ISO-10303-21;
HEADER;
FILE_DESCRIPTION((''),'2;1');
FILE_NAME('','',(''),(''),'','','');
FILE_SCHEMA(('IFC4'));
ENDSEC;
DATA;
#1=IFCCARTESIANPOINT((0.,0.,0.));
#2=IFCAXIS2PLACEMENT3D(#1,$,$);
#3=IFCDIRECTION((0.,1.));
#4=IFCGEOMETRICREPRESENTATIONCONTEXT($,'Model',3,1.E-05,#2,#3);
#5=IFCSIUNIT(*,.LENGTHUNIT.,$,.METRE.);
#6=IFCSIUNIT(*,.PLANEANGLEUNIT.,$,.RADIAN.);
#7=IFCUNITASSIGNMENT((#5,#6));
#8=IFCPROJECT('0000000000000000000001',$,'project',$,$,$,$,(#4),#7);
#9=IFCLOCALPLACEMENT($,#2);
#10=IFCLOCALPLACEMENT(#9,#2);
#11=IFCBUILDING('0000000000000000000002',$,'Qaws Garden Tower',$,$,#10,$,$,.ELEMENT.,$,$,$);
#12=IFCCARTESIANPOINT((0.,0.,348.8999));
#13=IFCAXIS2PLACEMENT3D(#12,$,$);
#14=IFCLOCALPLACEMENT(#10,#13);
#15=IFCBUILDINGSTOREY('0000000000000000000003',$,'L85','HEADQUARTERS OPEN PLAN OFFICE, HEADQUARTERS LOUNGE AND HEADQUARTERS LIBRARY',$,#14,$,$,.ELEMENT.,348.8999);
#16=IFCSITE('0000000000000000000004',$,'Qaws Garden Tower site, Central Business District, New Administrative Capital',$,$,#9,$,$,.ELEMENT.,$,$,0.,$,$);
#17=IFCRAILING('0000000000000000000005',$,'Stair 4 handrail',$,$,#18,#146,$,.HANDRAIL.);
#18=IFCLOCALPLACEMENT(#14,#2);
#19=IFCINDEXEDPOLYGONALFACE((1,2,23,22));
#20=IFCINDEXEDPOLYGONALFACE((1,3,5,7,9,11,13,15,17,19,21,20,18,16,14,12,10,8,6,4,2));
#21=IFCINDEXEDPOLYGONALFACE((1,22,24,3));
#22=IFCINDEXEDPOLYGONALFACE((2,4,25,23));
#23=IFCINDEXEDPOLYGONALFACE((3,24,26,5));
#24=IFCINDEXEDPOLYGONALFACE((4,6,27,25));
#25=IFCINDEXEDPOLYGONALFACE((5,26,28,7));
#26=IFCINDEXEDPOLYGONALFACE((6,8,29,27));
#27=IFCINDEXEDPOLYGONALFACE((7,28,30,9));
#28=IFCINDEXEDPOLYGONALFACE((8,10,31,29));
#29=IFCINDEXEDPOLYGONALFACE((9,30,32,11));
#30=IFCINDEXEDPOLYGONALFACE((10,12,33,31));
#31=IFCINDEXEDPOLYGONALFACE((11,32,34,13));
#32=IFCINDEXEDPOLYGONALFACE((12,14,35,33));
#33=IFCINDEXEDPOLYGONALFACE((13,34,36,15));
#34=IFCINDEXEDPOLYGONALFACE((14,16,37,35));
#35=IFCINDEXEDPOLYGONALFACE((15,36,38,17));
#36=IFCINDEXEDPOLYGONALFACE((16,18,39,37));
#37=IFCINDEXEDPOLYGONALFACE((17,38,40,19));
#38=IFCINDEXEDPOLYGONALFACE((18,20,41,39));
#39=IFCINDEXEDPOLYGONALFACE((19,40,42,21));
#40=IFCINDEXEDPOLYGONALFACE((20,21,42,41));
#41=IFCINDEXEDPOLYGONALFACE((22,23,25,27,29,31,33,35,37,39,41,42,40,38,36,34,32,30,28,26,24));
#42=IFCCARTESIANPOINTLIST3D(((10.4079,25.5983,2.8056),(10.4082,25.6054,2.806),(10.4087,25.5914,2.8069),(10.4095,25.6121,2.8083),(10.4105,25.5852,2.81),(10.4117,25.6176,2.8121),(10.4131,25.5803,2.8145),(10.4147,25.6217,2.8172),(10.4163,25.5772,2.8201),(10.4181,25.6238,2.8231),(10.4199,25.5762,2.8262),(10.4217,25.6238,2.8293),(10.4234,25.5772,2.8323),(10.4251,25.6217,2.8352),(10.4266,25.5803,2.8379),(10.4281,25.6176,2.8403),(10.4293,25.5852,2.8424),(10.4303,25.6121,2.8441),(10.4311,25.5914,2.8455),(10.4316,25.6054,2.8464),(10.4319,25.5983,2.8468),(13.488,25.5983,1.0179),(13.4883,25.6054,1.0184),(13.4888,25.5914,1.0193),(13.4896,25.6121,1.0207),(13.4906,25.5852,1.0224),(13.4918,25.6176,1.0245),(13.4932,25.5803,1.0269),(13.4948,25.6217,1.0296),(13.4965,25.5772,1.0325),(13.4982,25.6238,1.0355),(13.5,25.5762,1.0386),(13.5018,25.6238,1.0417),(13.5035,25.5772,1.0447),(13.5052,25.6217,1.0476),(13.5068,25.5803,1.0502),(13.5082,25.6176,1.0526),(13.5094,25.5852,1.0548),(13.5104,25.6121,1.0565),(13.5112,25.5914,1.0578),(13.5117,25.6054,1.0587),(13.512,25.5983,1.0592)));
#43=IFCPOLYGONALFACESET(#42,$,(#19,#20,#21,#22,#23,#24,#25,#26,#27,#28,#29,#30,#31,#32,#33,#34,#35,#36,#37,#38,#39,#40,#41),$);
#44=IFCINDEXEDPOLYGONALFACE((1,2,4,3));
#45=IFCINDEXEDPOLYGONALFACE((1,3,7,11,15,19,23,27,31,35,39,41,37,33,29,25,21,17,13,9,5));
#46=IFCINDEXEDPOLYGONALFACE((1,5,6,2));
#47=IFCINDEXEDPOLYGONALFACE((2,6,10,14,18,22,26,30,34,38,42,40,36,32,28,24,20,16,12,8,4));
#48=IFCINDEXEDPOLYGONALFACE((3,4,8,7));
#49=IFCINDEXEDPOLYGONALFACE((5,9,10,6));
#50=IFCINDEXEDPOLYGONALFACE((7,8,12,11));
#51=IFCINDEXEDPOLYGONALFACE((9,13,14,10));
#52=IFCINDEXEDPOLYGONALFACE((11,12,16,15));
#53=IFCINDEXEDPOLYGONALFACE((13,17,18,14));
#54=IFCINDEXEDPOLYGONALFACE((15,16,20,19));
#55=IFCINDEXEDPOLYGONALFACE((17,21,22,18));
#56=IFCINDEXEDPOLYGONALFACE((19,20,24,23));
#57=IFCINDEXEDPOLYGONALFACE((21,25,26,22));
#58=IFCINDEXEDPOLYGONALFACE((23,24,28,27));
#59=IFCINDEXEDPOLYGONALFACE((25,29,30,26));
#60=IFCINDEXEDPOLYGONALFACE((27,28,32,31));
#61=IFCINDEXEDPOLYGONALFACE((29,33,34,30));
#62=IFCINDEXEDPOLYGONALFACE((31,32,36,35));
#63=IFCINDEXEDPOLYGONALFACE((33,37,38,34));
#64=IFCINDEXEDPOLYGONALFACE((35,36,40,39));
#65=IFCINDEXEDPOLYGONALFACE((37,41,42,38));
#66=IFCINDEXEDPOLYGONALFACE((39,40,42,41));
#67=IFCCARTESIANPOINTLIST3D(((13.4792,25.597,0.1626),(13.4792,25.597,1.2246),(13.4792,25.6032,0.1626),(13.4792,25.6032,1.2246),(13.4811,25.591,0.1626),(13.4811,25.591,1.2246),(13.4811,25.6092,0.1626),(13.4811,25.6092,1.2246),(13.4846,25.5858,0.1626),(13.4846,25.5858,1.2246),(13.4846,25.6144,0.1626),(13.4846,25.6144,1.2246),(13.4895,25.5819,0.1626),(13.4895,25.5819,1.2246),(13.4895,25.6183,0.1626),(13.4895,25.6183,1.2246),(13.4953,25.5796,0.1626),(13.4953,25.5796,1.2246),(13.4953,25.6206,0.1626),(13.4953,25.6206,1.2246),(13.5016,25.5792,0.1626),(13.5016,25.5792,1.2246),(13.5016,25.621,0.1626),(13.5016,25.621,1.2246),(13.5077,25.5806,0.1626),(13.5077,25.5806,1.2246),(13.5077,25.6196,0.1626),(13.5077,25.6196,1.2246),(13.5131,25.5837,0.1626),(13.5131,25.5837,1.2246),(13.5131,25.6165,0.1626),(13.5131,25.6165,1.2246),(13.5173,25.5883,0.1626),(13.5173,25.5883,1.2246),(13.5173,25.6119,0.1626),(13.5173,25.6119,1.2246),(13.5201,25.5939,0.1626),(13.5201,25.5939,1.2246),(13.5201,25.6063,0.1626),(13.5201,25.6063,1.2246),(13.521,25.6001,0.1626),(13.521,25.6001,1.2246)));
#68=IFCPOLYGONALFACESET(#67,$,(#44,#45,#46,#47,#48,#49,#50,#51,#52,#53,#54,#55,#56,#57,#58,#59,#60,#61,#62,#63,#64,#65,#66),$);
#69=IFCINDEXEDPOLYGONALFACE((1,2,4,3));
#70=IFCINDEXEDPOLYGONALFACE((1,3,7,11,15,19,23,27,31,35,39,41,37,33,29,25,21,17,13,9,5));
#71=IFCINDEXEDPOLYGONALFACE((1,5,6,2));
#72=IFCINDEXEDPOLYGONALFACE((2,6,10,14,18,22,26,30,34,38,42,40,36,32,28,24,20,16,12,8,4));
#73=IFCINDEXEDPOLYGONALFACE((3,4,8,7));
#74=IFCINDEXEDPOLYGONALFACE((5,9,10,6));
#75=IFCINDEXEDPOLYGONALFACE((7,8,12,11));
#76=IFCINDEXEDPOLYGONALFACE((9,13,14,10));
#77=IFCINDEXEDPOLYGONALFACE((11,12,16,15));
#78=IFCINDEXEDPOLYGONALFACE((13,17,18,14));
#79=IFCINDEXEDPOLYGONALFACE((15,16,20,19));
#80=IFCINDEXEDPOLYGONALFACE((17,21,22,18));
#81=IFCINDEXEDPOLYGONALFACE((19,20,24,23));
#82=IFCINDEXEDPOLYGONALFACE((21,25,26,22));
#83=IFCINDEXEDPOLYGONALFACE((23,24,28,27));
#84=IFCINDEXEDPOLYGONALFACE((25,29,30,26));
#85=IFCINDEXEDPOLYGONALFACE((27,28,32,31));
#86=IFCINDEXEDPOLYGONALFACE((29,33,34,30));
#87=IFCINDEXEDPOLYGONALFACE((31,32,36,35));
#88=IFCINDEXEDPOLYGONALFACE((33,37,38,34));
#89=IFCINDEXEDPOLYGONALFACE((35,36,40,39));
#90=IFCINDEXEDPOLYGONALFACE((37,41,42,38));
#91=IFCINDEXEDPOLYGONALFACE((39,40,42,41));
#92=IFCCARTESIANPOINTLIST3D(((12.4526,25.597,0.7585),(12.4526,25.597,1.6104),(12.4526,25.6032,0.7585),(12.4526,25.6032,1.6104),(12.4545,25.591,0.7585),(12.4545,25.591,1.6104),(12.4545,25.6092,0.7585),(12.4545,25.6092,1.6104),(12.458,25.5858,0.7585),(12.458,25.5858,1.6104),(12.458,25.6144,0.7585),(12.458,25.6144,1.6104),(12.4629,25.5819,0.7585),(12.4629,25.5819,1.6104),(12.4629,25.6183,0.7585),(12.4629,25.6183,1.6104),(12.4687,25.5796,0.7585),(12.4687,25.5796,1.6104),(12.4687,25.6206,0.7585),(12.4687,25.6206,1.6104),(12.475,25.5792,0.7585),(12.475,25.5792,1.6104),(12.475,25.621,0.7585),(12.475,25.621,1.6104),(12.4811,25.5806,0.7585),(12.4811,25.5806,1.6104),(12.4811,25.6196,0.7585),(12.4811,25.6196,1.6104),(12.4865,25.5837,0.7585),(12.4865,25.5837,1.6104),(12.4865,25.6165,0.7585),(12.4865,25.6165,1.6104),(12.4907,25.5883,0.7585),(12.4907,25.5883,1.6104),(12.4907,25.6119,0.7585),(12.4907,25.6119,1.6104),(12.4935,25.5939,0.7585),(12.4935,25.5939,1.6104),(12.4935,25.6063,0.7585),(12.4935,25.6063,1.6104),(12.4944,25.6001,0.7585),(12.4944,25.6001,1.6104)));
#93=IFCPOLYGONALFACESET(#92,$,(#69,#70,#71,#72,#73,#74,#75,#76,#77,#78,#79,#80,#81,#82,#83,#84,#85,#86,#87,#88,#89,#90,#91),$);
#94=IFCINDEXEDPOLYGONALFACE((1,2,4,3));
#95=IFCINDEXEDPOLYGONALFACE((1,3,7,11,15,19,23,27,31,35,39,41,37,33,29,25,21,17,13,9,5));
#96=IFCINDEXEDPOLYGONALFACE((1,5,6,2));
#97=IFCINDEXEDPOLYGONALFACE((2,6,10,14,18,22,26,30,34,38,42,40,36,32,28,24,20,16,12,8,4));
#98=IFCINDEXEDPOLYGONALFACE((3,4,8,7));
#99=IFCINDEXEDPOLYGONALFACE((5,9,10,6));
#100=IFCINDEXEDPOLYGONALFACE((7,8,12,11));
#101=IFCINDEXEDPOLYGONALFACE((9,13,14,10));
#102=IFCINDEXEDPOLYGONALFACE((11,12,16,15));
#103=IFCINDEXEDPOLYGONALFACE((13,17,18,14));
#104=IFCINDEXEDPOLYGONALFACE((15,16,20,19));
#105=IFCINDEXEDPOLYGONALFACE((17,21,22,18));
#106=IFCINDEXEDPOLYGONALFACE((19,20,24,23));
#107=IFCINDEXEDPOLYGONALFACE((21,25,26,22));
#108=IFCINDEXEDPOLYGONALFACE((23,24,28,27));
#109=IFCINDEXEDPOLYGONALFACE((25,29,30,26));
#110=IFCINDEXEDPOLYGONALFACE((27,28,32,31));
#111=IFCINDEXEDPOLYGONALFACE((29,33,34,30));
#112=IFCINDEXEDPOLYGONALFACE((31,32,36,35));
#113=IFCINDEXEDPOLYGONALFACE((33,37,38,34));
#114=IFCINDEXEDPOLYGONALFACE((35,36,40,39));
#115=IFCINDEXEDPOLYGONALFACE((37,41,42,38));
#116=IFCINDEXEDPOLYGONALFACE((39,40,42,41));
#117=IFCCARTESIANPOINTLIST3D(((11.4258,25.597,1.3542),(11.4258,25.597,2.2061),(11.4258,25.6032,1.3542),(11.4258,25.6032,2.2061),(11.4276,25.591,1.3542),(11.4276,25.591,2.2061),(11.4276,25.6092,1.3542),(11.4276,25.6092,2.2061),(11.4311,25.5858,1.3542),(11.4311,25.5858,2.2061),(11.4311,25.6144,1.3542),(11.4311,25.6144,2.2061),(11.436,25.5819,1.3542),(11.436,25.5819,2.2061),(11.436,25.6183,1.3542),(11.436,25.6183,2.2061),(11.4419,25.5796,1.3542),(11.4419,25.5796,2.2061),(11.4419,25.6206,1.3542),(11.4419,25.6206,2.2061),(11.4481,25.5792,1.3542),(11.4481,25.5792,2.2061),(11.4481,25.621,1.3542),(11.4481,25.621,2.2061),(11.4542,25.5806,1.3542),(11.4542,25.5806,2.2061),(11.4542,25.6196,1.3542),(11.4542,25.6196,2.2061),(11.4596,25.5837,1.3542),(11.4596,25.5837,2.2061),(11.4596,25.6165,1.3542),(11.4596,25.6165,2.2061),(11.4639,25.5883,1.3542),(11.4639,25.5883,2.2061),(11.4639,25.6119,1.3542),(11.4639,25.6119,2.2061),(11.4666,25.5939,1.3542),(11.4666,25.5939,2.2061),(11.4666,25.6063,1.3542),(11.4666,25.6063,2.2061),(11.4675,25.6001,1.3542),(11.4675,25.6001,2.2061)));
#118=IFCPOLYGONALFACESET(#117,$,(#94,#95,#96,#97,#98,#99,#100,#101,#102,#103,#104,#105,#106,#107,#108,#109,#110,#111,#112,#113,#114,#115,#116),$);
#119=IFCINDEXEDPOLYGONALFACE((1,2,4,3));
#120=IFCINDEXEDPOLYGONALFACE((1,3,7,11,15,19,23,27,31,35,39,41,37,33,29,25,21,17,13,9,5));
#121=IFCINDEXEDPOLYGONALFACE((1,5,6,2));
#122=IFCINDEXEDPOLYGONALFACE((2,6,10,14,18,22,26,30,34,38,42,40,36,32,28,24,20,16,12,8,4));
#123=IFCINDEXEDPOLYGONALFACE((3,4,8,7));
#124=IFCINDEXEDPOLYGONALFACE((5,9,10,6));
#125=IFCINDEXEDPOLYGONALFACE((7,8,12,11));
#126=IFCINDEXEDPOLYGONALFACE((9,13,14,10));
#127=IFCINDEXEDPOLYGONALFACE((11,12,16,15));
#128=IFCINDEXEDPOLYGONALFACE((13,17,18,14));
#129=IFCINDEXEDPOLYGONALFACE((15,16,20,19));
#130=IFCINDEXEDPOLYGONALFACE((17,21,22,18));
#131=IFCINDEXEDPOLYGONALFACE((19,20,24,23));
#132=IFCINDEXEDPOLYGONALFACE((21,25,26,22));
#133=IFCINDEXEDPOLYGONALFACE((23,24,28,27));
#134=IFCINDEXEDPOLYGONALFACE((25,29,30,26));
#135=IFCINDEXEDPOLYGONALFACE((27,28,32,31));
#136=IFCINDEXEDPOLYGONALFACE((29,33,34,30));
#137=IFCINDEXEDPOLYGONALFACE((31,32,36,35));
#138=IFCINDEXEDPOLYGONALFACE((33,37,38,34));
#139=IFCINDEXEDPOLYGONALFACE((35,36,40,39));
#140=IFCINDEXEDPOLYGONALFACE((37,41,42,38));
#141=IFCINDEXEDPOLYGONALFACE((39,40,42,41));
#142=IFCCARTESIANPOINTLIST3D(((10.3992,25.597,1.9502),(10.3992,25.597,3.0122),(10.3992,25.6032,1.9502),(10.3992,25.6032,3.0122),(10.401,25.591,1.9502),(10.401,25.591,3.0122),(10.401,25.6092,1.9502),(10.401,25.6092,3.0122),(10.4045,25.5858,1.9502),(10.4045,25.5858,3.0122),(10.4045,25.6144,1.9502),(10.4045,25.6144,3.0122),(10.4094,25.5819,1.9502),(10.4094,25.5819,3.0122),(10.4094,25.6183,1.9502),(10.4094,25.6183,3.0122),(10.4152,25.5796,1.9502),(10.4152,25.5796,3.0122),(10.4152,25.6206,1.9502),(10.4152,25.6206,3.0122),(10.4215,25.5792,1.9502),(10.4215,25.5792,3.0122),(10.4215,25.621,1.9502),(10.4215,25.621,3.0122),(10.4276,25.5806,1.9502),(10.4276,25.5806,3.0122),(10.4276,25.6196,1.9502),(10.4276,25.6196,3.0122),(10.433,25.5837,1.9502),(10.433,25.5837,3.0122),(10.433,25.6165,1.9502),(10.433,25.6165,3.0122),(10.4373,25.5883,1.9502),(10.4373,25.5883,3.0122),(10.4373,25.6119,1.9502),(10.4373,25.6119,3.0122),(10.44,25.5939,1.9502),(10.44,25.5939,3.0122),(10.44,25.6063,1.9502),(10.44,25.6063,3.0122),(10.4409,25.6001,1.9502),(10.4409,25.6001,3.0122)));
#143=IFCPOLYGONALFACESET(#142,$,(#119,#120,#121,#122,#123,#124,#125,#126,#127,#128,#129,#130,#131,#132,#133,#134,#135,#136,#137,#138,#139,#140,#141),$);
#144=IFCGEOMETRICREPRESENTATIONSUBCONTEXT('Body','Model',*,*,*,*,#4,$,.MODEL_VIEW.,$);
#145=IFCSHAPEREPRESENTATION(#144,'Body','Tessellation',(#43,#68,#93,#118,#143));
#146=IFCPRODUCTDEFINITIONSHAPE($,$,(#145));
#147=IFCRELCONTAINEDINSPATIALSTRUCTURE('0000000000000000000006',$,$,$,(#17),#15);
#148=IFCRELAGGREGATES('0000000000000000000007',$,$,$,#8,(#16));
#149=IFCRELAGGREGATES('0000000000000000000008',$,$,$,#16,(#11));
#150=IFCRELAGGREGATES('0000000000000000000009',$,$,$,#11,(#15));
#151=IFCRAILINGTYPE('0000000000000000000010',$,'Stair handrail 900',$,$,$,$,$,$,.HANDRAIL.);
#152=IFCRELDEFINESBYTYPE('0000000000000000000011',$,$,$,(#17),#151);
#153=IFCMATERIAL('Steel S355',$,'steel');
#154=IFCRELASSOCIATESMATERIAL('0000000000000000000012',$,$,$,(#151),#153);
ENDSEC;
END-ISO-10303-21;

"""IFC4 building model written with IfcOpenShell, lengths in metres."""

from ifc_helpers import new_model, si_unit, direction, frame, origin, origin_2d, place, context, subcontext, project, spatial, circle, extrude, material, type_object, element, save


model = new_model("IFC4")

# Units and contexts
model_context = context("Model", 3, precision=1e-05, world=origin(), true_north=direction((0.0, 1.0)))
body_context = subcontext(model_context, "Body", "Model", "MODEL_VIEW")
ifc_project = project(units=[si_unit("LENGTHUNIT", "METRE"), si_unit("PLANEANGLEUNIT", "RADIAN")], contexts=[model_context])

# Site, building, storey
site_placement = place(None, origin())
site = spatial("IfcSite", under=ifc_project, at=site_placement, Name="Qaws Garden Tower site, Central Business District, New Administrative Capital", CompositionType="ELEMENT", RefElevation=0.0)
building_placement = place(site_placement, origin())
building = spatial("IfcBuilding", under=site, at=building_placement, Name="Qaws Garden Tower", CompositionType="ELEMENT")
storey_placement = place(building_placement, frame((0.0, 0.0, 348.8999)))
storey = spatial("IfcBuildingStorey", under=building, at=storey_placement, Name="L85", Description="HEADQUARTERS OPEN PLAN OFFICE, HEADQUARTERS LOUNGE AND HEADQUARTERS LIBRARY", CompositionType="ELEMENT", Elevation=348.8999)

# Railing
ifc_material_1 = material(Name="Steel S355", Category="steel")
railing_type = type_object("IfcRailingType", Name="Stair handrail 900", PredefinedType="HANDRAIL", material=ifc_material_1)
railing_1_placement = place(storey_placement, frame((13.5, 25.6001, 0.1626)))
element("IfcRailing", 1, at=railing_1_placement, inside=storey, type_object=railing_type, Name="Stair 4 handrail", PredefinedType="HANDRAIL", context=body_context, shape_type="SweptSolid", body=[
    extrude(circle(Radius=0.0239, at=origin_2d()), frame((0.0, 0.0, 0.876), z_axis=(-0.864891, 0.0, 0.50196), x_axis=(0.0, -1.0, 0.0)), (0.0, 0.0, 1.0), 3.5613),
    extrude(circle(Radius=0.021, at=origin_2d()), origin(), (0.0, 0.0, 1.0), 1.062),
    extrude(circle(Radius=0.021, at=origin_2d()), frame((-1.0266, 0.0, 0.5959)), (0.0, 0.0, 1.0), 0.8518),
    extrude(circle(Radius=0.021, at=origin_2d()), frame((-2.0535, 0.0, 1.1917)), (0.0, 0.0, 1.0), 0.8518),
    extrude(circle(Radius=0.021, at=origin_2d()), frame((-3.0801, 0.0, 1.7876)), (0.0, 0.0, 1.0), 1.062),
])

save(model, "model.ifc")
